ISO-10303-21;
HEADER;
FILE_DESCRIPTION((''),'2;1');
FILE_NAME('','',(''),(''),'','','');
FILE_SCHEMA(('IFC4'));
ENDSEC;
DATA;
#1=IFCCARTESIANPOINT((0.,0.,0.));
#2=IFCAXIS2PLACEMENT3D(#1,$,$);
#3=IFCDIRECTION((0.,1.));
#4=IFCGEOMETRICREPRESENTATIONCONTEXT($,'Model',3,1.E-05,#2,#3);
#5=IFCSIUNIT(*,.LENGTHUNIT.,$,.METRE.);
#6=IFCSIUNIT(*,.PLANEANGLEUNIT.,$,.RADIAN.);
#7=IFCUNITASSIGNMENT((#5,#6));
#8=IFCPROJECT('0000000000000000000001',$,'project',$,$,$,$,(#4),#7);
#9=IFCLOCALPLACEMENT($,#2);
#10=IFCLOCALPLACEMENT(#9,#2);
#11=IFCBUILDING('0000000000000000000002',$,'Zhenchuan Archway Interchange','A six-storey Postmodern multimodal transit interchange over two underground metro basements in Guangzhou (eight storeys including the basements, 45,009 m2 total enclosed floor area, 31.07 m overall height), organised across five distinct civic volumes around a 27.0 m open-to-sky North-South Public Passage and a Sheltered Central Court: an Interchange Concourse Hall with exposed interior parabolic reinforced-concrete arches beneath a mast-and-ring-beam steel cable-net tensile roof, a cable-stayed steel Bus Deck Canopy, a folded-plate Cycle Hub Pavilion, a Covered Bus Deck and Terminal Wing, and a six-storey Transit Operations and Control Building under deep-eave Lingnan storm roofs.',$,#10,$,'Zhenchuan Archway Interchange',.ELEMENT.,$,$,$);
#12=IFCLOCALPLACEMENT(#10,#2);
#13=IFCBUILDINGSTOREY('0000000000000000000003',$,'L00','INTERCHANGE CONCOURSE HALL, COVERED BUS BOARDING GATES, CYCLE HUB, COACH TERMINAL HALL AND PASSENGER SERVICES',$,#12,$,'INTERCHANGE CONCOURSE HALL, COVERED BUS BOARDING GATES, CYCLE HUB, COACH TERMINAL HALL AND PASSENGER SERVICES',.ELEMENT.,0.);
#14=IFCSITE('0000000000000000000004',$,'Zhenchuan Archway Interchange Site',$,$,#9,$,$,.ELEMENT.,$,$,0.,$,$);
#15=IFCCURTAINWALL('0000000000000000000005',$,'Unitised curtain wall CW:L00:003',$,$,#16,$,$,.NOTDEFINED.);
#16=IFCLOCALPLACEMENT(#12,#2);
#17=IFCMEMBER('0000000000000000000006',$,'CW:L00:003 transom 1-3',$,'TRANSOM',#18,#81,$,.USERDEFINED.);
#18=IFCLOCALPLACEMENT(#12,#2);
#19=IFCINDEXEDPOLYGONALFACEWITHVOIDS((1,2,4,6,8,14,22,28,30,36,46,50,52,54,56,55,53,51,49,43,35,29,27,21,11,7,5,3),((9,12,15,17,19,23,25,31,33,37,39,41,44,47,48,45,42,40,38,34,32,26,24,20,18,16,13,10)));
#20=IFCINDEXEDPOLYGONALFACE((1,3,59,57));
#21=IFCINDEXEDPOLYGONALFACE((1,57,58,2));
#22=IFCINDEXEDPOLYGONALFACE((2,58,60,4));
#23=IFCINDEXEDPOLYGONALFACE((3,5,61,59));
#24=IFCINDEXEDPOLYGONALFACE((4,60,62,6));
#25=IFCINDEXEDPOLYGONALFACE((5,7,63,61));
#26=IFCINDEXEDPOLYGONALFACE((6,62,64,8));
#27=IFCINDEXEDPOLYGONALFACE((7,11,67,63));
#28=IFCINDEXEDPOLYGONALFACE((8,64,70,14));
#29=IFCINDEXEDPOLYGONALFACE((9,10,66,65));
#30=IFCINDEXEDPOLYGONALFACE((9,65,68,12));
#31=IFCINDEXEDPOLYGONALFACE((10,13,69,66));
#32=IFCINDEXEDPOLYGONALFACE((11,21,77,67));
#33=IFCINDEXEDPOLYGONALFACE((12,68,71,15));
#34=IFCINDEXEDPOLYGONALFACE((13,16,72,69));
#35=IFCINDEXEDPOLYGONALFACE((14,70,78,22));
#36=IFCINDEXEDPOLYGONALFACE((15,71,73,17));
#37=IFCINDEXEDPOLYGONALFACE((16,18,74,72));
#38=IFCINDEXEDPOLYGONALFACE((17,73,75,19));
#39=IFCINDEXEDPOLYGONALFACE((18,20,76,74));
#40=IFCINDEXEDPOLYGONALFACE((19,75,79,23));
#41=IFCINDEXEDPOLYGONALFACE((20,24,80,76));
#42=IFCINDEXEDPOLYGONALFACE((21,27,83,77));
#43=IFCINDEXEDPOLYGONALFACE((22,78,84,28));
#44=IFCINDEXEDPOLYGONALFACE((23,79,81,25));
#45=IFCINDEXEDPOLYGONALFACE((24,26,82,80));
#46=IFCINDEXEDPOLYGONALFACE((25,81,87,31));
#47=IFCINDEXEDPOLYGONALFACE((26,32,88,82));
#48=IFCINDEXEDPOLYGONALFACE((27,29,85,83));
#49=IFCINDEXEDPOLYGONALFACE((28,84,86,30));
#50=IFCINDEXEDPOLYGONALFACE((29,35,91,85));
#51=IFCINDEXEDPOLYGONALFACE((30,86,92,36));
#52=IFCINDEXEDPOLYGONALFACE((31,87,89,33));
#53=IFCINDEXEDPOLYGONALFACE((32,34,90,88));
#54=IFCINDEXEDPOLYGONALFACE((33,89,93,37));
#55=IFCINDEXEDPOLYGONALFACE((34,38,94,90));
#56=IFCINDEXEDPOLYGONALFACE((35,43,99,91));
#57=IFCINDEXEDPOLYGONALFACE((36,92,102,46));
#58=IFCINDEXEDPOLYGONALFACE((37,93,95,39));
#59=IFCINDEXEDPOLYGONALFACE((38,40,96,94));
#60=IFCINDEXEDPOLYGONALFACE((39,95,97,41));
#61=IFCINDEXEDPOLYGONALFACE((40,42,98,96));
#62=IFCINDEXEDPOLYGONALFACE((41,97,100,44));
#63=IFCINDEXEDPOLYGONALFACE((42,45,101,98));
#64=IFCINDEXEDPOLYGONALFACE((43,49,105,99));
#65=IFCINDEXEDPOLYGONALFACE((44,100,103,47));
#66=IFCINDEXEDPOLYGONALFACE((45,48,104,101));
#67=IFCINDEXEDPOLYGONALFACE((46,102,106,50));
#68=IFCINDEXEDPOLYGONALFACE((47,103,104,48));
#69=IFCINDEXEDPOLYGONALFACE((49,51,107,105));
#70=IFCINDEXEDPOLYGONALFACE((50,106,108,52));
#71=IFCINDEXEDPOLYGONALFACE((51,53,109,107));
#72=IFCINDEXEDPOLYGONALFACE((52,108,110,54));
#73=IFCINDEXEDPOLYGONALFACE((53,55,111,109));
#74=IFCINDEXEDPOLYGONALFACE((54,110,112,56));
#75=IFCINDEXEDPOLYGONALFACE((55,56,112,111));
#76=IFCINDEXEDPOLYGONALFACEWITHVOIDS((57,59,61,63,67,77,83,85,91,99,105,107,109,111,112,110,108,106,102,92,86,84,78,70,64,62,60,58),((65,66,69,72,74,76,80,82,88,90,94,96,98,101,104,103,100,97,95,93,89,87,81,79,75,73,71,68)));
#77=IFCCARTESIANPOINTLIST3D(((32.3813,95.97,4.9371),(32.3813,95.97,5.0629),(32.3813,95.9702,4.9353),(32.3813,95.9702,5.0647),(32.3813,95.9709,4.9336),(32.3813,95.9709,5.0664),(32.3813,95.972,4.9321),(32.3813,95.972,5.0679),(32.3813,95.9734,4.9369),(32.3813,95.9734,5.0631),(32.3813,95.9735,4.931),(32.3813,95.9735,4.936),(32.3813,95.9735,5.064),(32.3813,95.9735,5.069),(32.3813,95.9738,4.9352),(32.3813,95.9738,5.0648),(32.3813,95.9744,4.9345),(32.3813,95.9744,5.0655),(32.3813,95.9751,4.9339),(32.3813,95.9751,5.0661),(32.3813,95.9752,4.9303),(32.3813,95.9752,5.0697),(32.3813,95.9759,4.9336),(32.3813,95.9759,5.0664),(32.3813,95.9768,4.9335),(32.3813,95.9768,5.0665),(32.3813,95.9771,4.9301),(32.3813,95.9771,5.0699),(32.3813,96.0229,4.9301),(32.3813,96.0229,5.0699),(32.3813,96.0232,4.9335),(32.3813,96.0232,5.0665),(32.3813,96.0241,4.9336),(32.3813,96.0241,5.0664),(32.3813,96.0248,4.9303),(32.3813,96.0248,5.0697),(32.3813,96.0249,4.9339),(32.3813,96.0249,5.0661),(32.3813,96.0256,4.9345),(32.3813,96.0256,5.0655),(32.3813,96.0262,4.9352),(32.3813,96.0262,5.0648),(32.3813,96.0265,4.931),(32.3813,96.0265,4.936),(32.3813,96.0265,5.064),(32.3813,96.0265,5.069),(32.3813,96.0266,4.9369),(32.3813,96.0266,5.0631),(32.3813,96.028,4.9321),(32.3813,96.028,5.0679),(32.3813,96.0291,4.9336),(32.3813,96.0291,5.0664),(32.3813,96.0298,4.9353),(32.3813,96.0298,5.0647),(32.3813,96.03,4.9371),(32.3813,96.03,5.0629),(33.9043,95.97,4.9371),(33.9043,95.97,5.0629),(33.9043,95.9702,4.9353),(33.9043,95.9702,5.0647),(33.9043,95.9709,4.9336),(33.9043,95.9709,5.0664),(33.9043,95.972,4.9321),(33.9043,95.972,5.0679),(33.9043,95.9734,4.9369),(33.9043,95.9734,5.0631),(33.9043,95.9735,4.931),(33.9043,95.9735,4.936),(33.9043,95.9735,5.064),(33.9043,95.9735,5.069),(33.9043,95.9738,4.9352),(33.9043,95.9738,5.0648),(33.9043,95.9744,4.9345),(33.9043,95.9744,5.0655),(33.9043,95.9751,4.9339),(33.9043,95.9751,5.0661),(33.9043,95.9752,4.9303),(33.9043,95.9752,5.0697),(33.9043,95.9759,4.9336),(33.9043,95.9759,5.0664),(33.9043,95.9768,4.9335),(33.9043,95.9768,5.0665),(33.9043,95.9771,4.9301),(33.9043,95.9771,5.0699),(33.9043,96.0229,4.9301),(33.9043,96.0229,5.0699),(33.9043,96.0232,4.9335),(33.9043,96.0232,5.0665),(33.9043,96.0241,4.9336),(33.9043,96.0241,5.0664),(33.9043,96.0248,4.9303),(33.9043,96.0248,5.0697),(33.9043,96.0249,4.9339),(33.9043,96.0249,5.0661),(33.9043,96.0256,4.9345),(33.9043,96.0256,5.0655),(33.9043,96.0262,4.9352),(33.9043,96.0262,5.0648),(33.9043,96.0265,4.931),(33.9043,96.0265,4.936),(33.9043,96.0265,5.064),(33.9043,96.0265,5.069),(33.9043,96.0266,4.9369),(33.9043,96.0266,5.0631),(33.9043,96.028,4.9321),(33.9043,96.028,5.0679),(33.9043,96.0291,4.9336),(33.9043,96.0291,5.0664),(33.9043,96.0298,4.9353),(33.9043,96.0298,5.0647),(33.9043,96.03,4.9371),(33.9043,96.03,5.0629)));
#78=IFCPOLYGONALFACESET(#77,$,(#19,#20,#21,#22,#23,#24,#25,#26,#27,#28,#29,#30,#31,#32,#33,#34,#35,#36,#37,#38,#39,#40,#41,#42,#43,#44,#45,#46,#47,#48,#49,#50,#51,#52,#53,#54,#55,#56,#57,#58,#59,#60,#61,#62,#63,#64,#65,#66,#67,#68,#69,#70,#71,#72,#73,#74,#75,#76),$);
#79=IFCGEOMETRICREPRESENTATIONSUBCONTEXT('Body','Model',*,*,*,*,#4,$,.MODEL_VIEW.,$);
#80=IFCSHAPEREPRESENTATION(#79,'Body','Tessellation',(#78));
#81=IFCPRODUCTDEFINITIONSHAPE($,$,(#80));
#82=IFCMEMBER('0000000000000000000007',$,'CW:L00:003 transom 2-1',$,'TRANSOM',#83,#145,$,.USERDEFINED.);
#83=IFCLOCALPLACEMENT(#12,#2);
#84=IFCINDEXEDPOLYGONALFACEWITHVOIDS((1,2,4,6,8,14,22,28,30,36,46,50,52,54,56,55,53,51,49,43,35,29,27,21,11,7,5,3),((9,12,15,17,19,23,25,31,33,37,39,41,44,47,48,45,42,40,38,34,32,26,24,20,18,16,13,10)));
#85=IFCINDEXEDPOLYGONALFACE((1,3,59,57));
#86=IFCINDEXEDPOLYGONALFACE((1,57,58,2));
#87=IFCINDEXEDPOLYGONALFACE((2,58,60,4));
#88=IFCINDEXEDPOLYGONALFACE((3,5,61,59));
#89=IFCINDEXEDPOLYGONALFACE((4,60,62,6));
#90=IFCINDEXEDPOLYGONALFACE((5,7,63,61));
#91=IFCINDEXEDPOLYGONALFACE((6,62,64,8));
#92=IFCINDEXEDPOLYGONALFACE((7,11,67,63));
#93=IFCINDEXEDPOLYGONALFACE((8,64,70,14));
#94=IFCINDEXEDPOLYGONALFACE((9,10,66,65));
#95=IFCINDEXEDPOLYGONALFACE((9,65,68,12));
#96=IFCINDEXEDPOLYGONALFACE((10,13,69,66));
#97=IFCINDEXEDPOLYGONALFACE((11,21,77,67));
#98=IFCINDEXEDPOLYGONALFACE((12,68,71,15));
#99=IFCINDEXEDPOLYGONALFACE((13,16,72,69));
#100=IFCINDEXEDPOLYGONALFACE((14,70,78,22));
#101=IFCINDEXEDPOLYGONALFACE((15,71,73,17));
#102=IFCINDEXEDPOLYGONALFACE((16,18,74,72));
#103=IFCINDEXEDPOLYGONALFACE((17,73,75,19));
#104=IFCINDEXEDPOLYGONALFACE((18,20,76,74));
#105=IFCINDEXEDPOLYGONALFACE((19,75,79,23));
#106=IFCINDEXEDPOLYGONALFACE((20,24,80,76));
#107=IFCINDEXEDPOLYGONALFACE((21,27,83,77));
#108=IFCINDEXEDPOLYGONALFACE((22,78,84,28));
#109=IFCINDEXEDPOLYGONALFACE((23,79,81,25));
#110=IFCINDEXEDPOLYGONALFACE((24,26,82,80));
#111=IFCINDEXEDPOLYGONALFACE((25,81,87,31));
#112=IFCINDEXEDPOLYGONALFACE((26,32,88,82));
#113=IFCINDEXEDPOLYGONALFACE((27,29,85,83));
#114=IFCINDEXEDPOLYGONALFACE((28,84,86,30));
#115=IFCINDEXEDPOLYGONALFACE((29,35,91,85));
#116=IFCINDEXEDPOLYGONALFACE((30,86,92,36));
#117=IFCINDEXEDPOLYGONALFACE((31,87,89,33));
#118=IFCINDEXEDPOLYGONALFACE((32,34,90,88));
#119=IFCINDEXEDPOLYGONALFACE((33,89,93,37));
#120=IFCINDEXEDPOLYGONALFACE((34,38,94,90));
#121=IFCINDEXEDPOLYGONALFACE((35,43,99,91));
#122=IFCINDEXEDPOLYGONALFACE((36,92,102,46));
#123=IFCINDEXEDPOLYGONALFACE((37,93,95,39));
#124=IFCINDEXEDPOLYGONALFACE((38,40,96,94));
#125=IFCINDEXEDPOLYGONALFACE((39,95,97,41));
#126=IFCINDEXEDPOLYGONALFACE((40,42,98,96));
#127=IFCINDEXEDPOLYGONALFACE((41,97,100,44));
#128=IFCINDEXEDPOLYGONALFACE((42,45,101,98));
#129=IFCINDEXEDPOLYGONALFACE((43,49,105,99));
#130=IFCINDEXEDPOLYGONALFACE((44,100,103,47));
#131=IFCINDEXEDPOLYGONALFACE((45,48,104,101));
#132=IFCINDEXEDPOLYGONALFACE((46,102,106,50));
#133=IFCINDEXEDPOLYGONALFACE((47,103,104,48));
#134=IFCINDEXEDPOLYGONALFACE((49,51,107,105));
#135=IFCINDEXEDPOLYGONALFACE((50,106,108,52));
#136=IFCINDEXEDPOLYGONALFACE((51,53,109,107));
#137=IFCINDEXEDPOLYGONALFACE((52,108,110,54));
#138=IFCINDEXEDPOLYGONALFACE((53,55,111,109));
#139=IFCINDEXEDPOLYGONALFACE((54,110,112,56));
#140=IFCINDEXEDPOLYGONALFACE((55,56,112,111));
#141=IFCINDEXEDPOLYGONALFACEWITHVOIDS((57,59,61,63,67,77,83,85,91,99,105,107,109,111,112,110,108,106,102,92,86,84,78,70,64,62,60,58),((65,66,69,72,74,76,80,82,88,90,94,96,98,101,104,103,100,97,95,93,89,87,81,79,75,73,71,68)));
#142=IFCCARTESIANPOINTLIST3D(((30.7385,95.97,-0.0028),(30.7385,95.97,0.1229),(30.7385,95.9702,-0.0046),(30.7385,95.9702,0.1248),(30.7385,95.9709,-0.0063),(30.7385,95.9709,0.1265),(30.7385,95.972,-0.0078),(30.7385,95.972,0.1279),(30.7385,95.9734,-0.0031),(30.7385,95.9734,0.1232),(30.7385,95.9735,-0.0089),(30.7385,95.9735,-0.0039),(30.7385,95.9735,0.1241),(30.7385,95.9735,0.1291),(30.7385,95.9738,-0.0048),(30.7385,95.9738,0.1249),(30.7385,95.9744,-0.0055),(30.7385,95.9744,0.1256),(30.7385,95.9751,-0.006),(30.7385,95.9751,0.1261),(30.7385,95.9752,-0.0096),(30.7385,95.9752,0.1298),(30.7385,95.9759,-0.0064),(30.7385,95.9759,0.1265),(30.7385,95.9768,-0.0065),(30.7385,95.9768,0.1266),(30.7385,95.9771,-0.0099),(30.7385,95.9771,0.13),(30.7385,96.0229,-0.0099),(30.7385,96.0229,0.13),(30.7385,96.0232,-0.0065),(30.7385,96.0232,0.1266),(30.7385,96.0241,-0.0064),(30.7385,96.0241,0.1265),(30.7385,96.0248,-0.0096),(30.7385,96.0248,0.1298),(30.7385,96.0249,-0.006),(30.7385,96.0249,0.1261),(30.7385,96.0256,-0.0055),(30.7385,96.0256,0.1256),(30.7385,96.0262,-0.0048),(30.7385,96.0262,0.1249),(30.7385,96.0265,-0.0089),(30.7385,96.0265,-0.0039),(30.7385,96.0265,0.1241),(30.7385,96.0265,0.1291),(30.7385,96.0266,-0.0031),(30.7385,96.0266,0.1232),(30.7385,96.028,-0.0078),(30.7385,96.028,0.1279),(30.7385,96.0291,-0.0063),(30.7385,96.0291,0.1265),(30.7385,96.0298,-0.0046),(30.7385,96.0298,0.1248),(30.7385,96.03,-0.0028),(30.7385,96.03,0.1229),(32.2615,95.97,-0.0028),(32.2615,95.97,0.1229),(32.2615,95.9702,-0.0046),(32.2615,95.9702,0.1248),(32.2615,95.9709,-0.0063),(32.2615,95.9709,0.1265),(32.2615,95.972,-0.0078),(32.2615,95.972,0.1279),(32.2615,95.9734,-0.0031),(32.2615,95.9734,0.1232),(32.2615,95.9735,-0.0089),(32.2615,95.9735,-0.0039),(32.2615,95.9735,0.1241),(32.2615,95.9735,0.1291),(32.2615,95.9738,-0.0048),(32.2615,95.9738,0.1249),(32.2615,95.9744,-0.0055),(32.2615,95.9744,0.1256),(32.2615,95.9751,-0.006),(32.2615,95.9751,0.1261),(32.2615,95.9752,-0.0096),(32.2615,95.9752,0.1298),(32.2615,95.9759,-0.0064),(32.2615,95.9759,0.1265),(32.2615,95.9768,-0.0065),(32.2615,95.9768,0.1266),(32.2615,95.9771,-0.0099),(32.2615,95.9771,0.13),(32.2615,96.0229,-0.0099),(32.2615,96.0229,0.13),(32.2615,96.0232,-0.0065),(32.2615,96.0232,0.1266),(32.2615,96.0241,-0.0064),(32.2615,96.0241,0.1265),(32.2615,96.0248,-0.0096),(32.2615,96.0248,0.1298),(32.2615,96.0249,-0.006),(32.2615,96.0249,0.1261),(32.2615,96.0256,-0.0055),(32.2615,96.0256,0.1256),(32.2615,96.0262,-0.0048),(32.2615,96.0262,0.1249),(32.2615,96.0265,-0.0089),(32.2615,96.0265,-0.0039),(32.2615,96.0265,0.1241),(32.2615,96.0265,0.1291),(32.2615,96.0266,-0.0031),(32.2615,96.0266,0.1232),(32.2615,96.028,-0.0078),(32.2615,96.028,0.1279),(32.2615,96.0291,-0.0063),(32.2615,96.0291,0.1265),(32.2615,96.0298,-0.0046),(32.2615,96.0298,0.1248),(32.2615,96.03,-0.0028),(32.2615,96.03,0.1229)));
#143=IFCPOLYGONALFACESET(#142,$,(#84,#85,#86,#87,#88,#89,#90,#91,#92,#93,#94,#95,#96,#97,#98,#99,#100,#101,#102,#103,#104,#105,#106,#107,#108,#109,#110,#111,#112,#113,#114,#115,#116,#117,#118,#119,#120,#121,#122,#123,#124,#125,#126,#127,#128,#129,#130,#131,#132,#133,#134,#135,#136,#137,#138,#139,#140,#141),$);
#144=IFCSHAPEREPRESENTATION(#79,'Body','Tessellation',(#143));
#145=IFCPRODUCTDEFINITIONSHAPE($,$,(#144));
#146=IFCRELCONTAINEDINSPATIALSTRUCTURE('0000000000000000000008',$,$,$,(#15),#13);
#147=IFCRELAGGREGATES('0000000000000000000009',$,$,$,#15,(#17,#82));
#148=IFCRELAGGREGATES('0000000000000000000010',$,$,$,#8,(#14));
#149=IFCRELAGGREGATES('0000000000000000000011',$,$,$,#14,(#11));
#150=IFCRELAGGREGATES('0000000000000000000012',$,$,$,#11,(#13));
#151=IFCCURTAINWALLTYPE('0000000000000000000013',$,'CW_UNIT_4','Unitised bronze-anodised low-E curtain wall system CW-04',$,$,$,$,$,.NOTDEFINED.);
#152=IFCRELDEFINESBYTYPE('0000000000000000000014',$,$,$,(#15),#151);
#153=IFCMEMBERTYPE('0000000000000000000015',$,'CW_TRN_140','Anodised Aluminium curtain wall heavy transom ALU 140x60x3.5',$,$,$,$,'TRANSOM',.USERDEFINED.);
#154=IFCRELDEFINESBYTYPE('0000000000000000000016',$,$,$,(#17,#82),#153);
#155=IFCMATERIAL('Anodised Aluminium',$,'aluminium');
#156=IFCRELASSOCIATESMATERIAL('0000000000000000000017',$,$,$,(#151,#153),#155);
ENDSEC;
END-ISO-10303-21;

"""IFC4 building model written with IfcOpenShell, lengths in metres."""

from ifc_helpers import new_model, si_unit, direction, frame, origin, origin_2d, place, context, subcontext, project, spatial, hollow_rectangle, extrude, material, material_profile, profile_set, type_object, element, aggregate, save


model = new_model("IFC4")

# Units and contexts
model_context = context("Model", 3, precision=1e-05, world=origin(), true_north=direction((0.0, 1.0)))
body_context = subcontext(model_context, "Body", "Model", "MODEL_VIEW")
ifc_project = project(units=[si_unit("LENGTHUNIT", "METRE"), si_unit("PLANEANGLEUNIT", "RADIAN")], contexts=[model_context])

# Site, building, storey
site_placement = place(None, origin())
site = spatial("IfcSite", under=ifc_project, at=site_placement, Name="Zhenchuan Archway Interchange Site", CompositionType="ELEMENT", RefElevation=0.0)
building_placement = place(site_placement, origin())
building = spatial("IfcBuilding", under=site, at=building_placement, Name="Zhenchuan Archway Interchange", Description="A six-storey Postmodern multimodal transit interchange over two underground metro basements in Guangzhou (eight storeys including the basements, 45,009 m2 total enclosed floor area, 31.07 m overall height), organised across five distinct civic volumes around a 27.0 m open-to-sky North-South Public Passage and a Sheltered Central Court: an Interchange Concourse Hall with exposed interior parabolic reinforced-concrete arches beneath a mast-and-ring-beam steel cable-net tensile roof, a cable-stayed steel Bus Deck Canopy, a folded-plate Cycle Hub Pavilion, a Covered Bus Deck and Terminal Wing, and a six-storey Transit Operations and Control Building under deep-eave Lingnan storm roofs.", LongName="Zhenchuan Archway Interchange", CompositionType="ELEMENT")
storey_placement = place(building_placement, origin())
storey = spatial("IfcBuildingStorey", under=building, at=storey_placement, Name="L00", Description="INTERCHANGE CONCOURSE HALL, COVERED BUS BOARDING GATES, CYCLE HUB, COACH TERMINAL HALL AND PASSENGER SERVICES", LongName="INTERCHANGE CONCOURSE HALL, COVERED BUS BOARDING GATES, CYCLE HUB, COACH TERMINAL HALL AND PASSENGER SERVICES", CompositionType="ELEMENT", Elevation=0.0)

# Curtain wall, members
ifc_material_1 = material(Name="Anodised Aluminium", Category="aluminium")
curtain_wall_type = type_object("IfcCurtainWallType", Name="CW_UNIT_4", Description="Unitised bronze-anodised low-E curtain wall system CW-04", PredefinedType="NOTDEFINED", material=ifc_material_1)
curtain_wall_placement = place(storey_placement, origin())
curtain_wall = element("IfcCurtainWall", 1, at=curtain_wall_placement, inside=storey, type_object=curtain_wall_type, Name="Unitised curtain wall CW:L00:003", PredefinedType="NOTDEFINED")
ifc_material_profile_1 = material_profile(ifc_material_1, hollow_rectangle(XDim=0.0601, YDim=0.1399, WallThickness=0.0034, InnerFilletRadius=0.0034, OuterFilletRadius=0.0071, at=origin_2d()), Name="ALU 140x60x3.5")
ifc_profile_set_1 = profile_set([ifc_material_profile_1], Name="Anodised Aluminium")
member_type_1 = type_object("IfcMemberType", Name="CW_TRN_140", Description="Anodised Aluminium curtain wall heavy transom ALU 140x60x3.5", ElementType="TRANSOM", PredefinedType="USERDEFINED", material=ifc_profile_set_1)
member_1_placement = place(storey_placement, frame((33.9043, 96.0, 5.0), z_axis=(-1.0, 0.0, 0.0), x_axis=(0.0, -1.0, 0.0)))
member_1 = element("IfcMember", 2, at=member_1_placement, type_object=member_type_1, Name="CW:L00:003 transom 1-3", ObjectType="TRANSOM", PredefinedType="USERDEFINED", context=body_context, shape_type="SweptSolid", body=[
    extrude(hollow_rectangle(XDim=0.0601, YDim=0.1399, WallThickness=0.0034, InnerFilletRadius=0.0034, OuterFilletRadius=0.0071, at=origin_2d()), origin(), (0.0, 0.0, 1.0), 1.5229),
])
member_2_placement = place(storey_placement, frame((32.2615, 96.0, 0.0601), z_axis=(-1.0, 0.0, 0.0), x_axis=(0.0, -1.0, 0.0)))
member_2 = element("IfcMember", 3, at=member_2_placement, type_object=member_type_1, Name="CW:L00:003 transom 2-1", ObjectType="TRANSOM", PredefinedType="USERDEFINED", context=body_context, shape_type="SweptSolid", body=[
    extrude(hollow_rectangle(XDim=0.0601, YDim=0.1399, WallThickness=0.0034, InnerFilletRadius=0.0034, OuterFilletRadius=0.0071, at=origin_2d()), origin(), (0.0, 0.0, 1.0), 1.5229),
])

aggregate(curtain_wall, [member_1, member_2])

save(model, "model.ifc")
